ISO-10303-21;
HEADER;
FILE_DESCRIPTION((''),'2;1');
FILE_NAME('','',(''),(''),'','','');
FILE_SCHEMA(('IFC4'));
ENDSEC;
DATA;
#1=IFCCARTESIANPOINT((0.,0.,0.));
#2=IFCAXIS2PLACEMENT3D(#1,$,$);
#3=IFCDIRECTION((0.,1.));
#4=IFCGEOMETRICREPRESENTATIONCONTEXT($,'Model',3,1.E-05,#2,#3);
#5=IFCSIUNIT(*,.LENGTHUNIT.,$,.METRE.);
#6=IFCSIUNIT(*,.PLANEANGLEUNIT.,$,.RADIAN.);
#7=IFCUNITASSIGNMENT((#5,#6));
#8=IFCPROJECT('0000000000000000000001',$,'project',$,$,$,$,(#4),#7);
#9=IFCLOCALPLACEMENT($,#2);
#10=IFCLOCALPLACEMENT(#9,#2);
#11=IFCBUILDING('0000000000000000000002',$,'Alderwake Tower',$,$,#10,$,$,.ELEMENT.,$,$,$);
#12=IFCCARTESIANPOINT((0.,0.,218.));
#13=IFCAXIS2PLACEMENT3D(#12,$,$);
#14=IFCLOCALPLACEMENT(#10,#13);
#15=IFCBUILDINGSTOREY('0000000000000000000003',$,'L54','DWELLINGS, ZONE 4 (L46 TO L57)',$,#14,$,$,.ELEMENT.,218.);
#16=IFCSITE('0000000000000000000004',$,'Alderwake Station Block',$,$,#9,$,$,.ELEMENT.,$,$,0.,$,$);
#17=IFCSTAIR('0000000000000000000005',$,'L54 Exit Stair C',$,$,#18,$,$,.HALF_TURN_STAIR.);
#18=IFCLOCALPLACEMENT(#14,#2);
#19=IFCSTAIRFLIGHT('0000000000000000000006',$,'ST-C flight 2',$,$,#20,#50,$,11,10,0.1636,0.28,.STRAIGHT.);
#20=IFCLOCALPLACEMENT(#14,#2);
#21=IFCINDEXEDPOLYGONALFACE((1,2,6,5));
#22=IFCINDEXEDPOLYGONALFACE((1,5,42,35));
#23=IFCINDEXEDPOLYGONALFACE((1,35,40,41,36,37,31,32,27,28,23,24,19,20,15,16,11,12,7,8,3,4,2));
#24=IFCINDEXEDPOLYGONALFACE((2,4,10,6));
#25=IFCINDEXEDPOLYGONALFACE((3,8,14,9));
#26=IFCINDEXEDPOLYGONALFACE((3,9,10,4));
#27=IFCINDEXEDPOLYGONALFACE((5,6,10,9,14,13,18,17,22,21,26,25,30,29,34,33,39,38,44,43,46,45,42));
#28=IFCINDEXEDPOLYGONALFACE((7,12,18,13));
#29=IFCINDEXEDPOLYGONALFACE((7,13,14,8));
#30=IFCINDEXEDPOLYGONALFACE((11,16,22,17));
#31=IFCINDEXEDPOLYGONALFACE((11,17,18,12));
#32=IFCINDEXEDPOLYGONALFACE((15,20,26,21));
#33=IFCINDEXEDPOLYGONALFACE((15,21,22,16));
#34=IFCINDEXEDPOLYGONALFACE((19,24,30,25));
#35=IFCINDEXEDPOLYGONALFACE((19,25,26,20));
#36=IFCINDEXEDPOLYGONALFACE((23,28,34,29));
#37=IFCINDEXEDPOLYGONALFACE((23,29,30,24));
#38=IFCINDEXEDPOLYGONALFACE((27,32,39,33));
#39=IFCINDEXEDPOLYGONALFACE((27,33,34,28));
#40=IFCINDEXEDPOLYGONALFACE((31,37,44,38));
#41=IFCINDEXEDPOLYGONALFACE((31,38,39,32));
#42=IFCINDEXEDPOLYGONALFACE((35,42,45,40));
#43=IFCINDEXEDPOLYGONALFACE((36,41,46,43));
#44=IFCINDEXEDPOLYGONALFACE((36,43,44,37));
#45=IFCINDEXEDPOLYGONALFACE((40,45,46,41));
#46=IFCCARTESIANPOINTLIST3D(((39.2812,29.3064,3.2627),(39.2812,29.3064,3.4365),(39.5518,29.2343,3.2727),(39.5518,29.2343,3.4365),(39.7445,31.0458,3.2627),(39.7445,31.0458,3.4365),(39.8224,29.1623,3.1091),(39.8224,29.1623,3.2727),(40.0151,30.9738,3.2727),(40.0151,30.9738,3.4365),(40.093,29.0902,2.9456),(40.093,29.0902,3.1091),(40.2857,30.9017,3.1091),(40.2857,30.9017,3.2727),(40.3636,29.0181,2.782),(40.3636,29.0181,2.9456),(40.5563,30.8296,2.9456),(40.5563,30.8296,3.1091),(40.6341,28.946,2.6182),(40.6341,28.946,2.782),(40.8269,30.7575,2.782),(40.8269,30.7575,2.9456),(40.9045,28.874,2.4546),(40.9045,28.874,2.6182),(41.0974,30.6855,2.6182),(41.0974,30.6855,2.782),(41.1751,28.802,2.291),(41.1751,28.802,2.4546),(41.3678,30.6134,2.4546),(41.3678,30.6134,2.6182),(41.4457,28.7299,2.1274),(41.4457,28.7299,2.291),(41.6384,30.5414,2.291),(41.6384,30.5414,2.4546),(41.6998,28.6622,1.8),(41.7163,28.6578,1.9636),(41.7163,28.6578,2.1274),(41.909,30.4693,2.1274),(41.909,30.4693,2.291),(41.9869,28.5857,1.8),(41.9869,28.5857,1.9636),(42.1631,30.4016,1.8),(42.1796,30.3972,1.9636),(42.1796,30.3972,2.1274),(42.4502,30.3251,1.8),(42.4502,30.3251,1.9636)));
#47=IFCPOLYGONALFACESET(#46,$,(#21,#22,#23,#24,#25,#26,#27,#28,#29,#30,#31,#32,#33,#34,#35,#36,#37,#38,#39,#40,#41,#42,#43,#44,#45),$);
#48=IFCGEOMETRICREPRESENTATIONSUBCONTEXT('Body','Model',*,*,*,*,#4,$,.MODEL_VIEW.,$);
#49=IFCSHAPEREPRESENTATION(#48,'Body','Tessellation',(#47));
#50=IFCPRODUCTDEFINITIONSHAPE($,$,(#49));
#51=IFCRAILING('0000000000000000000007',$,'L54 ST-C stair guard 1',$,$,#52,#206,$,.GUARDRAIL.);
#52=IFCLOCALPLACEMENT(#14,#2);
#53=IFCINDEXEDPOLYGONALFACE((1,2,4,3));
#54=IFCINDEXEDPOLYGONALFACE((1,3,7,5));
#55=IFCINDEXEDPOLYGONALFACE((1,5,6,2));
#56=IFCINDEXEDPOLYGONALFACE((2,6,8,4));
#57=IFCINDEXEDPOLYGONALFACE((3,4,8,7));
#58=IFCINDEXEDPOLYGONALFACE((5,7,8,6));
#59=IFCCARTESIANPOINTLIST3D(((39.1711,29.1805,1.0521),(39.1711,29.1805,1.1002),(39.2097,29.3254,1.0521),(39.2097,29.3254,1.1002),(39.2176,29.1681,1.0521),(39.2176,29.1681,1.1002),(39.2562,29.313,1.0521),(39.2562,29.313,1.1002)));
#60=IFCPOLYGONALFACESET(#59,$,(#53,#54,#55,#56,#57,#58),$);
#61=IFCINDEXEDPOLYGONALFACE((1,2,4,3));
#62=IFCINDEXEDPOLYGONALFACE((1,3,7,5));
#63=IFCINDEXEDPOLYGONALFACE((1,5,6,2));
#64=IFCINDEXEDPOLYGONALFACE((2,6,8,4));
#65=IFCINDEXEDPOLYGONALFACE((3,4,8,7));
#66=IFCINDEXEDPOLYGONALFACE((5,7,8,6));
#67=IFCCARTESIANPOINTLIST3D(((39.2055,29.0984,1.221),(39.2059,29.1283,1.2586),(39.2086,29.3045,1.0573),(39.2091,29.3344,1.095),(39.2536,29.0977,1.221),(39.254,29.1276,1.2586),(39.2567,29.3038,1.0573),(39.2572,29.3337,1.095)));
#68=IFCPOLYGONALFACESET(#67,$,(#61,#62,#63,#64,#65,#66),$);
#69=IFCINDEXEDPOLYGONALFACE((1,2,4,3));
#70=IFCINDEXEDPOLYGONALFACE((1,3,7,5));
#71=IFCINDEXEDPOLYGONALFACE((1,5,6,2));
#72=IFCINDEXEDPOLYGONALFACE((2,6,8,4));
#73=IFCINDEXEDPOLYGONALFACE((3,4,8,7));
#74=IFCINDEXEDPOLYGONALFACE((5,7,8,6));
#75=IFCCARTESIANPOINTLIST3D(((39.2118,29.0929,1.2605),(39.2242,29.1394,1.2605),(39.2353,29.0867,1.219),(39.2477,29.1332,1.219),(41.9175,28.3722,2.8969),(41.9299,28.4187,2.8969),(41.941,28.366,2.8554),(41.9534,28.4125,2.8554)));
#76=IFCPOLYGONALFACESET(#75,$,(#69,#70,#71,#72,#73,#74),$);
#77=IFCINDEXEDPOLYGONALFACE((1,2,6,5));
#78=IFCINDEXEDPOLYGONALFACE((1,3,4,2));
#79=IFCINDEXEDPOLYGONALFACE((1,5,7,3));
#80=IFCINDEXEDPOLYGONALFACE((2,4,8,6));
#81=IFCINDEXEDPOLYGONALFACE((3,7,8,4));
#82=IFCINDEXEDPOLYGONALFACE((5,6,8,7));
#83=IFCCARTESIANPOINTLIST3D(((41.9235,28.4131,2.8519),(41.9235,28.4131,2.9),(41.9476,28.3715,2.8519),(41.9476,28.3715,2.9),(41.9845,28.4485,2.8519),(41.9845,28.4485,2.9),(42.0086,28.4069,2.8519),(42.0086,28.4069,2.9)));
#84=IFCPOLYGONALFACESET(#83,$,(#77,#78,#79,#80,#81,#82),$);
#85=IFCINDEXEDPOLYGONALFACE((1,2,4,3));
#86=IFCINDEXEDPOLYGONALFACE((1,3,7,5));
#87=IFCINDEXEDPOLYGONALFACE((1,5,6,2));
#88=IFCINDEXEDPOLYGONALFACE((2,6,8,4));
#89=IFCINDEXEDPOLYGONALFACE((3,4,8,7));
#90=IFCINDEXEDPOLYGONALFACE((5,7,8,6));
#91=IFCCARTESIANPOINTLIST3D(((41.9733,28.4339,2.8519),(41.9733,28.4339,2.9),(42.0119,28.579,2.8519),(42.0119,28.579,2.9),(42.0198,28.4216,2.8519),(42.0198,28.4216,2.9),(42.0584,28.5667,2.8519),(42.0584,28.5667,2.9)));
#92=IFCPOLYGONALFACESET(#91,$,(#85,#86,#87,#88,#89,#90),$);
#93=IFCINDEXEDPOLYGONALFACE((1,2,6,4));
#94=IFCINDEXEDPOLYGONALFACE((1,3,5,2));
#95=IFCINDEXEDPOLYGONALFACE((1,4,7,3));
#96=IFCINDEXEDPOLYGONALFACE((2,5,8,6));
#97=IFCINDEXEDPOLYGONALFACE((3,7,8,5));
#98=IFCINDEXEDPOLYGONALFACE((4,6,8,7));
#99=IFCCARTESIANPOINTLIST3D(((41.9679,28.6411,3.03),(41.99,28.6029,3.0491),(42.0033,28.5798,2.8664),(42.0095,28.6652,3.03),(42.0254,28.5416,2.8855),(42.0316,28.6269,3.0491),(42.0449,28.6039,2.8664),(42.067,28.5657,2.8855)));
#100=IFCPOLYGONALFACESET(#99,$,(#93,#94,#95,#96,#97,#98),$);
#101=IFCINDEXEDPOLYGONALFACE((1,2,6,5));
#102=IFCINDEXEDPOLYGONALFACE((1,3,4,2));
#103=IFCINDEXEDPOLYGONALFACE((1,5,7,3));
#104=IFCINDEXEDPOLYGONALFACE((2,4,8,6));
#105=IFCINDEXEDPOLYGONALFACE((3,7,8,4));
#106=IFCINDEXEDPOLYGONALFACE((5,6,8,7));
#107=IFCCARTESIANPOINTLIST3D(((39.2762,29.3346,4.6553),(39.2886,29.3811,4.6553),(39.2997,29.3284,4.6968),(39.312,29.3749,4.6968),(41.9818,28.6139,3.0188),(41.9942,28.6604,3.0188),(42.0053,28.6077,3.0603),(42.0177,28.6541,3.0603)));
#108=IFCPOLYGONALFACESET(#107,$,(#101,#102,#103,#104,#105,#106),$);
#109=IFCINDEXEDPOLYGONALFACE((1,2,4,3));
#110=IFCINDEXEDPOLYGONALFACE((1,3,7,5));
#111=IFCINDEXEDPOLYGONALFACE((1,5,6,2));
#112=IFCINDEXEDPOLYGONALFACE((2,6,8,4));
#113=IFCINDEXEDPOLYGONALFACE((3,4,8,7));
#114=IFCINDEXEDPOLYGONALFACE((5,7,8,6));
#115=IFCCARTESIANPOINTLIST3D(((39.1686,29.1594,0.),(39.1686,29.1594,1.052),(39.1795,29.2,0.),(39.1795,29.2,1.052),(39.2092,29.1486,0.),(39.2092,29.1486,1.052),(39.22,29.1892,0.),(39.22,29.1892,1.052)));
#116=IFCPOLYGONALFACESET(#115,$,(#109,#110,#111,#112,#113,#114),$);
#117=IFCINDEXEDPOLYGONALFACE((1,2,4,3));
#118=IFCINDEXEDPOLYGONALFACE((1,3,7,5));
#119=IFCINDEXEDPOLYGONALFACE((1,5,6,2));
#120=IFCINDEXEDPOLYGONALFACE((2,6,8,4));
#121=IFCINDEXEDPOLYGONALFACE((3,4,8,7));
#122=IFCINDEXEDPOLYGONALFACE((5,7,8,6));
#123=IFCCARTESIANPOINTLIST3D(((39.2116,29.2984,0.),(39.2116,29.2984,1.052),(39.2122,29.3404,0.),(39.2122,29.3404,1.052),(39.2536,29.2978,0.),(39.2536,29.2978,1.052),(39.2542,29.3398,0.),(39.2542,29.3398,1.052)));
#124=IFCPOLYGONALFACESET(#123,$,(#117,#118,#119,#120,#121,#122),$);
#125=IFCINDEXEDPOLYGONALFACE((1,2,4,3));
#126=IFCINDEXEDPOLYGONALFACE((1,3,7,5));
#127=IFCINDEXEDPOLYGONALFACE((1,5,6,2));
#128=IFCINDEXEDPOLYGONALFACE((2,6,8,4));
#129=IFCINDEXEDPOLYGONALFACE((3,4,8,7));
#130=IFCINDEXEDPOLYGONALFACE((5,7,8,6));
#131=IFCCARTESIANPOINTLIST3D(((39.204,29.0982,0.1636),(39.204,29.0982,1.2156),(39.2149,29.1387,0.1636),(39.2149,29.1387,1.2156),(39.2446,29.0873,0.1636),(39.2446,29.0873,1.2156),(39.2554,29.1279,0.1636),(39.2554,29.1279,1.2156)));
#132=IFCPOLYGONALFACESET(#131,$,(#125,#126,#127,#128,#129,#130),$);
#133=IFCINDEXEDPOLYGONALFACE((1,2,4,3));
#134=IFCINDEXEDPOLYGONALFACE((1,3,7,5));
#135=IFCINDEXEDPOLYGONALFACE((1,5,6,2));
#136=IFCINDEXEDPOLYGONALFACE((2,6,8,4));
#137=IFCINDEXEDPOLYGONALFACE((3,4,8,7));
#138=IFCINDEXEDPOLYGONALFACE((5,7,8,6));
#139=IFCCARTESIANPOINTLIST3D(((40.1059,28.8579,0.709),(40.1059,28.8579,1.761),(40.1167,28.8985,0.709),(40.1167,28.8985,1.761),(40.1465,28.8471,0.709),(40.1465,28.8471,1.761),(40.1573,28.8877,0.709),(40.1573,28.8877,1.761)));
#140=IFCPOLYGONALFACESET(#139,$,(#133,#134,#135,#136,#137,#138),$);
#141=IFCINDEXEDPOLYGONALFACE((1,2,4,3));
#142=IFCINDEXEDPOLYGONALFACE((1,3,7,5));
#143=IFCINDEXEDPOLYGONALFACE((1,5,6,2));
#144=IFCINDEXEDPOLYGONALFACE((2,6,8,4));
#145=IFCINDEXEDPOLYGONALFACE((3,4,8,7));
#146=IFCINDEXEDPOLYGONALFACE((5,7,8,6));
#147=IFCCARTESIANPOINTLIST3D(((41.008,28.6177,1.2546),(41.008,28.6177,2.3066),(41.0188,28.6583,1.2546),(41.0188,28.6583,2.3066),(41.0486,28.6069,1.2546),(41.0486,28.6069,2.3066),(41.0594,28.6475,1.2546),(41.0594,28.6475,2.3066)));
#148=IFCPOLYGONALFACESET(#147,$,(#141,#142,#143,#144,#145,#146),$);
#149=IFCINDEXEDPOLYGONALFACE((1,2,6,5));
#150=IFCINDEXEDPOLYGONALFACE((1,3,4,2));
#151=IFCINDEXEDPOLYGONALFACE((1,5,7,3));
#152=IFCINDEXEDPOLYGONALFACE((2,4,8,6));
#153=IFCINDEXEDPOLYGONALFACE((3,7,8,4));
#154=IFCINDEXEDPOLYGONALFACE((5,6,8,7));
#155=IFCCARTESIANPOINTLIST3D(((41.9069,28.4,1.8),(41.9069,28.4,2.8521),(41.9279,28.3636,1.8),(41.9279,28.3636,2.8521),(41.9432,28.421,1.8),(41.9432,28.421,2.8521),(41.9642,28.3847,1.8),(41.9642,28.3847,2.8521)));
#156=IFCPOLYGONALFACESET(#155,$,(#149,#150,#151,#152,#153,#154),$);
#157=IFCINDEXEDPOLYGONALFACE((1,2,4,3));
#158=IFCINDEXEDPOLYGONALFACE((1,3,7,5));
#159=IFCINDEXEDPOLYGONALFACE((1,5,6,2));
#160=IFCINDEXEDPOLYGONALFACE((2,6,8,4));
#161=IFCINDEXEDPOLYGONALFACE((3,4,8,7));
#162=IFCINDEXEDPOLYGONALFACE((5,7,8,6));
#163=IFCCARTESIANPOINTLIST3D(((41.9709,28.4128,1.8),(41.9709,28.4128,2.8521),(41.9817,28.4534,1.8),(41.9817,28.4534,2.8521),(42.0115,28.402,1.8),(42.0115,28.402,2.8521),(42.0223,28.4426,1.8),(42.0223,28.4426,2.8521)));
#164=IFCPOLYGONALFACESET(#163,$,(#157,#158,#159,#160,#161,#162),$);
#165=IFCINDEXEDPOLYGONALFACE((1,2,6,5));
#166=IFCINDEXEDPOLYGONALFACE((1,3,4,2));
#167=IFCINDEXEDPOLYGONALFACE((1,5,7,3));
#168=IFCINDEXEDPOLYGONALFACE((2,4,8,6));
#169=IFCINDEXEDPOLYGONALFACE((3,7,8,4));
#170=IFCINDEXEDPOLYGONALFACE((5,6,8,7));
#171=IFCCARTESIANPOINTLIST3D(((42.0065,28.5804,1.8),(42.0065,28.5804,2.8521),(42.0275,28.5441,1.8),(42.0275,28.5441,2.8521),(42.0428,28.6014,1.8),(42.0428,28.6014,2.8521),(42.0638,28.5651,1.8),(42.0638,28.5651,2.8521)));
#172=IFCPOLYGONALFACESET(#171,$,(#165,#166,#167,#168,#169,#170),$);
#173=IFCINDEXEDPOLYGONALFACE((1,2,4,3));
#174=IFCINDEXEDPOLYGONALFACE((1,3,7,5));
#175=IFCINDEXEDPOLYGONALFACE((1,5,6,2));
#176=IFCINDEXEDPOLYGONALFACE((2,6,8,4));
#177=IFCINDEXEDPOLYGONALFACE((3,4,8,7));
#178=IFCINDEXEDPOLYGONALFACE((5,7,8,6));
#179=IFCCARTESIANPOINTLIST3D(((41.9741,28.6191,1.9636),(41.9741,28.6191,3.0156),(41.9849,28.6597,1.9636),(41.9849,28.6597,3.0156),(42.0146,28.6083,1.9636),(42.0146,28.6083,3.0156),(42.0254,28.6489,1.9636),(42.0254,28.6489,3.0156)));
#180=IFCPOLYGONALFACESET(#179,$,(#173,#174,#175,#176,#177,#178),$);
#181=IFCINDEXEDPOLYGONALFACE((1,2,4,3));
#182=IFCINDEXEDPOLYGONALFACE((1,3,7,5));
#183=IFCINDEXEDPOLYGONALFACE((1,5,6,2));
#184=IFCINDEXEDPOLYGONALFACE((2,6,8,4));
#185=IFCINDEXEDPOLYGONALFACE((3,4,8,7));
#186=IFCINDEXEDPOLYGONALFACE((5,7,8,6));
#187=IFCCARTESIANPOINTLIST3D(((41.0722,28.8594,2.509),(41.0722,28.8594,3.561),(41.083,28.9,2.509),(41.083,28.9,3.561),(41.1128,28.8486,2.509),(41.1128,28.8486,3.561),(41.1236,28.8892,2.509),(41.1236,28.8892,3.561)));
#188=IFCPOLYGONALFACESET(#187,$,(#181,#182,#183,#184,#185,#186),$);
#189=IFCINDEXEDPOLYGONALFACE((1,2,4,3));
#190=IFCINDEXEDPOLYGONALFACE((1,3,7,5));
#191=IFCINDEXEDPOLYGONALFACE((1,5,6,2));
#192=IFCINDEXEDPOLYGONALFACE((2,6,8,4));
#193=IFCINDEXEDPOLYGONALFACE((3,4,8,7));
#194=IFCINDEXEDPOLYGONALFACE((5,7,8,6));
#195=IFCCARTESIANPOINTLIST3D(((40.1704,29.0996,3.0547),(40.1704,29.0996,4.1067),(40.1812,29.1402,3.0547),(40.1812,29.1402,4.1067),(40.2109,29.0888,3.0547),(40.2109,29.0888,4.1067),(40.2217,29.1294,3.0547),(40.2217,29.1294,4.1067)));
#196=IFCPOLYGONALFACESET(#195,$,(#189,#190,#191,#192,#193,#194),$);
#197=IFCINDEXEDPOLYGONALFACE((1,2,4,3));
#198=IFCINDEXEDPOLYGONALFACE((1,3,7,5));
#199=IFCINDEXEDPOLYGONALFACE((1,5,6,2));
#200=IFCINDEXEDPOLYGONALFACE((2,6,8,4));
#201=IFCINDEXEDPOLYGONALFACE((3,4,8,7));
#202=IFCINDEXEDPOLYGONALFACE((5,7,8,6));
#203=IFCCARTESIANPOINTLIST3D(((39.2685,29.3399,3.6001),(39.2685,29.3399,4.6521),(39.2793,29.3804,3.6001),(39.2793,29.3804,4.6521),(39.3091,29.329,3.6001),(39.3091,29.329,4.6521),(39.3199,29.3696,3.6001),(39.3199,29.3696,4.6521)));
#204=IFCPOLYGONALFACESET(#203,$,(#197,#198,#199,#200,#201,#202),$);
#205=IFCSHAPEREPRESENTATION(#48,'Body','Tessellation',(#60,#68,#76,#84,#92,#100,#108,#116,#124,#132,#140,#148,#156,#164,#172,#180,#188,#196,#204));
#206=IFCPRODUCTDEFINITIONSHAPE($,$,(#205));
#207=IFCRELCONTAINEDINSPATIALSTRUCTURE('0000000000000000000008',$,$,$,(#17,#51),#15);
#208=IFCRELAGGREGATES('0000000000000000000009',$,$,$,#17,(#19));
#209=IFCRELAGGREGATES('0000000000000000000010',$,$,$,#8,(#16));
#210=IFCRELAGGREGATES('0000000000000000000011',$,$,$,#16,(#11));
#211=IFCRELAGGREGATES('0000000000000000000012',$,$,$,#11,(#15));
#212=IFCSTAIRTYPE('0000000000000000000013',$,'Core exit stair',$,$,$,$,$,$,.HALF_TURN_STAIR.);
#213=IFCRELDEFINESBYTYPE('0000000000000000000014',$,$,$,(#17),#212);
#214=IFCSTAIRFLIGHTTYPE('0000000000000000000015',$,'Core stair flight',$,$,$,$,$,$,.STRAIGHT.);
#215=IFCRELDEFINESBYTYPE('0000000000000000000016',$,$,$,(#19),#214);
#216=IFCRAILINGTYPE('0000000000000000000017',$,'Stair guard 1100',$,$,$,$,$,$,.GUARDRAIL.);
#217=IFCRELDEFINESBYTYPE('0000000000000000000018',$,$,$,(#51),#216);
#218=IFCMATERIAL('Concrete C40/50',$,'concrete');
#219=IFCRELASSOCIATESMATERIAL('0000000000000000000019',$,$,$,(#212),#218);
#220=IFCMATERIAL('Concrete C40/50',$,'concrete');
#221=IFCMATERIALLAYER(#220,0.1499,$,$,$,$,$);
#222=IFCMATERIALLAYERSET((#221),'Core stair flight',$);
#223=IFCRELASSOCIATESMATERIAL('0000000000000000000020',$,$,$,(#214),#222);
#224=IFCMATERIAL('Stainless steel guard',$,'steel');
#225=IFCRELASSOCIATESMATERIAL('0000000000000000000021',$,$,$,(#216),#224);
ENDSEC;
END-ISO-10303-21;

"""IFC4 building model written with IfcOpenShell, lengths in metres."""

from ifc_helpers import new_model, si_unit, direction, frame, origin, origin_2d, place, context, subcontext, project, spatial, polyline, rectangle, outline, extrude, material, layer, layer_set, type_object, element, aggregate, save


model = new_model("IFC4")

# Units and contexts
model_context = context("Model", 3, precision=1e-05, world=origin(), true_north=direction((0.0, 1.0)))
body_context = subcontext(model_context, "Body", "Model", "MODEL_VIEW")
ifc_project = project(units=[si_unit("LENGTHUNIT", "METRE"), si_unit("PLANEANGLEUNIT", "RADIAN")], contexts=[model_context])

# Site, building, storey
site_placement = place(None, origin())
site = spatial("IfcSite", under=ifc_project, at=site_placement, Name="Alderwake Station Block", CompositionType="ELEMENT", RefElevation=0.0)
building_placement = place(site_placement, origin())
building = spatial("IfcBuilding", under=site, at=building_placement, Name="Alderwake Tower", CompositionType="ELEMENT")
storey_placement = place(building_placement, frame((0.0, 0.0, 218.0)))
storey = spatial("IfcBuildingStorey", under=building, at=storey_placement, Name="L54", Description="DWELLINGS, ZONE 4 (L46 TO L57)", CompositionType="ELEMENT", Elevation=218.0)

# Stair, stair flight
ifc_material_1 = material(Name="Concrete C40/50", Category="concrete")
stair_type = type_object("IfcStairType", Name="Core exit stair", PredefinedType="HALF_TURN_STAIR", material=ifc_material_1)
stair_placement = place(storey_placement, origin())
stair = element("IfcStair", 1, at=stair_placement, inside=storey, type_object=stair_type, Name="L54 Exit Stair C", PredefinedType="HALF_TURN_STAIR")
ifc_material_2 = material(Name="Concrete C40/50", Category="concrete")
ifc_layer_1 = layer(ifc_material_2, 0.1499)
ifc_layer_set_1 = layer_set([ifc_layer_1], Name="Core stair flight")
stair_flight_type = type_object("IfcStairFlightType", Name="Core stair flight", PredefinedType="STRAIGHT", material=ifc_layer_set_1)
stair_flight_1_placement = place(storey_placement, frame((42.2185, 29.4553, 1.8), z_axis=(0.0, 0.0, 1.0), x_axis=(-0.96631, 0.257382, 0.0)))
stair_flight_1 = element("IfcStairFlight", 2, at=stair_flight_1_placement, type_object=stair_flight_type, Name="ST-C flight 2", NumberOfRisers=11, NumberOfTreads=10, PredefinedType="STRAIGHT", RiserHeight=0.1636, TreadLength=0.28, context=body_context, shape_type="SweptSolid", body=[
    extrude(outline(polyline([(0.0, 0.0), (0.0, 0.1636), (0.28, 0.1636), (0.28, 0.3274), (0.5601, 0.3274), (0.5601, 0.491), (0.8401, 0.491), (0.8401, 0.6545), (1.1201, 0.6545), (1.1201, 0.8181), (1.3999, 0.8181), (1.3999, 0.9819), (1.6799, 0.9819), (1.6799, 1.1455), (1.96, 1.1455), (1.96, 1.3091), (2.24, 1.3091), (2.24, 1.4727), (2.52, 1.4727), (2.52, 1.6365), (2.8, 1.6365), (2.8, 1.8), (2.8, 1.4626), (0.2971, 0.0), (0.0, 0.0)])), frame((0.0, 0.8999, 0.0), z_axis=(0.0, -1.0, 0.0), x_axis=(1.0, 0.0, 0.0)), (0.0, 0.0, 1.0), 1.8),
])
aggregate(stair, [stair_flight_1])

# Railing
ifc_material_3 = material(Name="Stainless steel guard", Category="steel")
railing_type_1 = type_object("IfcRailingType", Name="Stair guard 1100", PredefinedType="GUARDRAIL", material=ifc_material_3)
railing_1_placement = place(storey_placement, frame((39.1943, 29.1743, 0.0)))
element("IfcRailing", 3, at=railing_1_placement, inside=storey, type_object=railing_type_1, Name="L54 ST-C stair guard 1", PredefinedType="GUARDRAIL", context=body_context, shape_type="SweptSolid", body=[
    extrude(rectangle(XDim=0.0481, YDim=0.0481, at=origin_2d()), frame((0.0, 0.0, 1.0762), z_axis=(0.25746, 0.966289, 0.0), x_axis=(-0.966289, 0.25746, 0.0)), (0.0, 0.0, 1.0), 0.1499),
    extrude(rectangle(XDim=0.0481, YDim=0.0481, at=origin_2d()), frame((0.0386, 0.1448, 1.0762), z_axis=(-0.012063, -0.78316, 0.621703), x_axis=(0.999881, -0.015401, 0.0)), (0.0, 0.0, 1.0), 0.2632),
    extrude(rectangle(XDim=0.0481, YDim=0.0481, at=origin_2d()), frame((0.0354, -0.0613, 1.2397), z_axis=(0.834282, -0.222214, 0.504574), x_axis=(0.25738, 0.96631, 0.0)), (0.0, 0.0, 1.0), 3.2432),
    extrude(rectangle(XDim=0.0481, YDim=0.0481, at=origin_2d()), frame((2.7412, -0.782, 2.876), z_axis=(0.865031, 0.501718, 0.0), x_axis=(-0.501718, 0.865031, 0.0)), (0.0, 0.0, 1.0), 0.0706),
    extrude(rectangle(XDim=0.0481, YDim=0.0481, at=origin_2d()), frame((2.8022, -0.7466, 2.876), z_axis=(0.257055, 0.966397, 0.0), x_axis=(-0.966397, 0.257055, 0.0)), (0.0, 0.0, 1.0), 0.1501),
    extrude(rectangle(XDim=0.0481, YDim=0.0481, at=origin_2d()), frame((2.8408, -0.6016, 2.876), z_axis=(-0.198625, 0.343827, 0.917786), x_axis=(-0.865898, -0.50022, 0.0)), (0.0, 0.0, 1.0), 0.1782),
    extrude(rectangle(XDim=0.0481, YDim=0.0481, at=origin_2d()), frame((2.8054, -0.5403, 3.0396), z_axis=(-0.834259, 0.222228, 0.504605), x_axis=(-0.257402, -0.966304, 0.0)), (0.0, 0.0, 1.0), 3.2432),
    extrude(rectangle(XDim=0.042, YDim=0.042, at=origin_2d()), frame((0.0, 0.0, 0.0), z_axis=(0.0, 0.0, 1.0), x_axis=(0.25746, 0.966289, 0.0)), (0.0, 0.0, 1.0), 1.052),
    extrude(rectangle(XDim=0.042, YDim=0.042, at=origin_2d()), frame((0.0386, 0.1448, 0.0), z_axis=(0.0, 0.0, 1.0), x_axis=(-0.015401, -0.999881, 0.0)), (0.0, 0.0, 1.0), 1.052),
    extrude(rectangle(XDim=0.042, YDim=0.042, at=origin_2d()), frame((0.0354, -0.0613, 0.1636), z_axis=(0.0, 0.0, 1.0), x_axis=(0.96631, -0.25738, 0.0)), (0.0, 0.0, 1.0), 1.052),
    extrude(rectangle(XDim=0.042, YDim=0.042, at=origin_2d()), frame((0.9373, -0.3015, 0.709), z_axis=(0.0, 0.0, 1.0), x_axis=(0.96631, -0.25738, 0.0)), (0.0, 0.0, 1.0), 1.052),
    extrude(rectangle(XDim=0.042, YDim=0.042, at=origin_2d()), frame((1.8394, -0.5417, 1.2546), z_axis=(0.0, 0.0, 1.0), x_axis=(0.96631, -0.25738, 0.0)), (0.0, 0.0, 1.0), 1.052),
    extrude(rectangle(XDim=0.042, YDim=0.042, at=origin_2d()), frame((2.7412, -0.782, 1.8), z_axis=(0.0, 0.0, 1.0), x_axis=(0.865031, 0.501718, 0.0)), (0.0, 0.0, 1.0), 1.052),
    extrude(rectangle(XDim=0.042, YDim=0.042, at=origin_2d()), frame((2.8022, -0.7466, 1.8), z_axis=(0.0, 0.0, 1.0), x_axis=(0.257055, 0.966397, 0.0)), (0.0, 0.0, 1.0), 1.052),
    extrude(rectangle(XDim=0.042, YDim=0.042, at=origin_2d()), frame((2.8408, -0.6016, 1.8), z_axis=(0.0, 0.0, 1.0), x_axis=(-0.50022, 0.865898, 0.0)), (0.0, 0.0, 1.0), 1.052),
    extrude(rectangle(XDim=0.042, YDim=0.042, at=origin_2d()), frame((2.8054, -0.5403, 1.9636), z_axis=(0.0, 0.0, 1.0), x_axis=(-0.966304, 0.257402, 0.0)), (0.0, 0.0, 1.0), 1.052),
    extrude(rectangle(XDim=0.042, YDim=0.042, at=origin_2d()), frame((1.9036, -0.3, 2.509), z_axis=(0.0, 0.0, 1.0), x_axis=(-0.966304, 0.257402, 0.0)), (0.0, 0.0, 1.0), 1.052),
    extrude(rectangle(XDim=0.042, YDim=0.042, at=origin_2d()), frame((1.0017, -0.0598, 3.0547), z_axis=(0.0, 0.0, 1.0), x_axis=(-0.966304, 0.257402, 0.0)), (0.0, 0.0, 1.0), 1.052),
    extrude(rectangle(XDim=0.042, YDim=0.042, at=origin_2d()), frame((0.0999, 0.1804, 3.6001), z_axis=(0.0, 0.0, 1.0), x_axis=(-0.966304, 0.257402, 0.0)), (0.0, 0.0, 1.0), 1.052),
])

save(model, "model.ifc")
